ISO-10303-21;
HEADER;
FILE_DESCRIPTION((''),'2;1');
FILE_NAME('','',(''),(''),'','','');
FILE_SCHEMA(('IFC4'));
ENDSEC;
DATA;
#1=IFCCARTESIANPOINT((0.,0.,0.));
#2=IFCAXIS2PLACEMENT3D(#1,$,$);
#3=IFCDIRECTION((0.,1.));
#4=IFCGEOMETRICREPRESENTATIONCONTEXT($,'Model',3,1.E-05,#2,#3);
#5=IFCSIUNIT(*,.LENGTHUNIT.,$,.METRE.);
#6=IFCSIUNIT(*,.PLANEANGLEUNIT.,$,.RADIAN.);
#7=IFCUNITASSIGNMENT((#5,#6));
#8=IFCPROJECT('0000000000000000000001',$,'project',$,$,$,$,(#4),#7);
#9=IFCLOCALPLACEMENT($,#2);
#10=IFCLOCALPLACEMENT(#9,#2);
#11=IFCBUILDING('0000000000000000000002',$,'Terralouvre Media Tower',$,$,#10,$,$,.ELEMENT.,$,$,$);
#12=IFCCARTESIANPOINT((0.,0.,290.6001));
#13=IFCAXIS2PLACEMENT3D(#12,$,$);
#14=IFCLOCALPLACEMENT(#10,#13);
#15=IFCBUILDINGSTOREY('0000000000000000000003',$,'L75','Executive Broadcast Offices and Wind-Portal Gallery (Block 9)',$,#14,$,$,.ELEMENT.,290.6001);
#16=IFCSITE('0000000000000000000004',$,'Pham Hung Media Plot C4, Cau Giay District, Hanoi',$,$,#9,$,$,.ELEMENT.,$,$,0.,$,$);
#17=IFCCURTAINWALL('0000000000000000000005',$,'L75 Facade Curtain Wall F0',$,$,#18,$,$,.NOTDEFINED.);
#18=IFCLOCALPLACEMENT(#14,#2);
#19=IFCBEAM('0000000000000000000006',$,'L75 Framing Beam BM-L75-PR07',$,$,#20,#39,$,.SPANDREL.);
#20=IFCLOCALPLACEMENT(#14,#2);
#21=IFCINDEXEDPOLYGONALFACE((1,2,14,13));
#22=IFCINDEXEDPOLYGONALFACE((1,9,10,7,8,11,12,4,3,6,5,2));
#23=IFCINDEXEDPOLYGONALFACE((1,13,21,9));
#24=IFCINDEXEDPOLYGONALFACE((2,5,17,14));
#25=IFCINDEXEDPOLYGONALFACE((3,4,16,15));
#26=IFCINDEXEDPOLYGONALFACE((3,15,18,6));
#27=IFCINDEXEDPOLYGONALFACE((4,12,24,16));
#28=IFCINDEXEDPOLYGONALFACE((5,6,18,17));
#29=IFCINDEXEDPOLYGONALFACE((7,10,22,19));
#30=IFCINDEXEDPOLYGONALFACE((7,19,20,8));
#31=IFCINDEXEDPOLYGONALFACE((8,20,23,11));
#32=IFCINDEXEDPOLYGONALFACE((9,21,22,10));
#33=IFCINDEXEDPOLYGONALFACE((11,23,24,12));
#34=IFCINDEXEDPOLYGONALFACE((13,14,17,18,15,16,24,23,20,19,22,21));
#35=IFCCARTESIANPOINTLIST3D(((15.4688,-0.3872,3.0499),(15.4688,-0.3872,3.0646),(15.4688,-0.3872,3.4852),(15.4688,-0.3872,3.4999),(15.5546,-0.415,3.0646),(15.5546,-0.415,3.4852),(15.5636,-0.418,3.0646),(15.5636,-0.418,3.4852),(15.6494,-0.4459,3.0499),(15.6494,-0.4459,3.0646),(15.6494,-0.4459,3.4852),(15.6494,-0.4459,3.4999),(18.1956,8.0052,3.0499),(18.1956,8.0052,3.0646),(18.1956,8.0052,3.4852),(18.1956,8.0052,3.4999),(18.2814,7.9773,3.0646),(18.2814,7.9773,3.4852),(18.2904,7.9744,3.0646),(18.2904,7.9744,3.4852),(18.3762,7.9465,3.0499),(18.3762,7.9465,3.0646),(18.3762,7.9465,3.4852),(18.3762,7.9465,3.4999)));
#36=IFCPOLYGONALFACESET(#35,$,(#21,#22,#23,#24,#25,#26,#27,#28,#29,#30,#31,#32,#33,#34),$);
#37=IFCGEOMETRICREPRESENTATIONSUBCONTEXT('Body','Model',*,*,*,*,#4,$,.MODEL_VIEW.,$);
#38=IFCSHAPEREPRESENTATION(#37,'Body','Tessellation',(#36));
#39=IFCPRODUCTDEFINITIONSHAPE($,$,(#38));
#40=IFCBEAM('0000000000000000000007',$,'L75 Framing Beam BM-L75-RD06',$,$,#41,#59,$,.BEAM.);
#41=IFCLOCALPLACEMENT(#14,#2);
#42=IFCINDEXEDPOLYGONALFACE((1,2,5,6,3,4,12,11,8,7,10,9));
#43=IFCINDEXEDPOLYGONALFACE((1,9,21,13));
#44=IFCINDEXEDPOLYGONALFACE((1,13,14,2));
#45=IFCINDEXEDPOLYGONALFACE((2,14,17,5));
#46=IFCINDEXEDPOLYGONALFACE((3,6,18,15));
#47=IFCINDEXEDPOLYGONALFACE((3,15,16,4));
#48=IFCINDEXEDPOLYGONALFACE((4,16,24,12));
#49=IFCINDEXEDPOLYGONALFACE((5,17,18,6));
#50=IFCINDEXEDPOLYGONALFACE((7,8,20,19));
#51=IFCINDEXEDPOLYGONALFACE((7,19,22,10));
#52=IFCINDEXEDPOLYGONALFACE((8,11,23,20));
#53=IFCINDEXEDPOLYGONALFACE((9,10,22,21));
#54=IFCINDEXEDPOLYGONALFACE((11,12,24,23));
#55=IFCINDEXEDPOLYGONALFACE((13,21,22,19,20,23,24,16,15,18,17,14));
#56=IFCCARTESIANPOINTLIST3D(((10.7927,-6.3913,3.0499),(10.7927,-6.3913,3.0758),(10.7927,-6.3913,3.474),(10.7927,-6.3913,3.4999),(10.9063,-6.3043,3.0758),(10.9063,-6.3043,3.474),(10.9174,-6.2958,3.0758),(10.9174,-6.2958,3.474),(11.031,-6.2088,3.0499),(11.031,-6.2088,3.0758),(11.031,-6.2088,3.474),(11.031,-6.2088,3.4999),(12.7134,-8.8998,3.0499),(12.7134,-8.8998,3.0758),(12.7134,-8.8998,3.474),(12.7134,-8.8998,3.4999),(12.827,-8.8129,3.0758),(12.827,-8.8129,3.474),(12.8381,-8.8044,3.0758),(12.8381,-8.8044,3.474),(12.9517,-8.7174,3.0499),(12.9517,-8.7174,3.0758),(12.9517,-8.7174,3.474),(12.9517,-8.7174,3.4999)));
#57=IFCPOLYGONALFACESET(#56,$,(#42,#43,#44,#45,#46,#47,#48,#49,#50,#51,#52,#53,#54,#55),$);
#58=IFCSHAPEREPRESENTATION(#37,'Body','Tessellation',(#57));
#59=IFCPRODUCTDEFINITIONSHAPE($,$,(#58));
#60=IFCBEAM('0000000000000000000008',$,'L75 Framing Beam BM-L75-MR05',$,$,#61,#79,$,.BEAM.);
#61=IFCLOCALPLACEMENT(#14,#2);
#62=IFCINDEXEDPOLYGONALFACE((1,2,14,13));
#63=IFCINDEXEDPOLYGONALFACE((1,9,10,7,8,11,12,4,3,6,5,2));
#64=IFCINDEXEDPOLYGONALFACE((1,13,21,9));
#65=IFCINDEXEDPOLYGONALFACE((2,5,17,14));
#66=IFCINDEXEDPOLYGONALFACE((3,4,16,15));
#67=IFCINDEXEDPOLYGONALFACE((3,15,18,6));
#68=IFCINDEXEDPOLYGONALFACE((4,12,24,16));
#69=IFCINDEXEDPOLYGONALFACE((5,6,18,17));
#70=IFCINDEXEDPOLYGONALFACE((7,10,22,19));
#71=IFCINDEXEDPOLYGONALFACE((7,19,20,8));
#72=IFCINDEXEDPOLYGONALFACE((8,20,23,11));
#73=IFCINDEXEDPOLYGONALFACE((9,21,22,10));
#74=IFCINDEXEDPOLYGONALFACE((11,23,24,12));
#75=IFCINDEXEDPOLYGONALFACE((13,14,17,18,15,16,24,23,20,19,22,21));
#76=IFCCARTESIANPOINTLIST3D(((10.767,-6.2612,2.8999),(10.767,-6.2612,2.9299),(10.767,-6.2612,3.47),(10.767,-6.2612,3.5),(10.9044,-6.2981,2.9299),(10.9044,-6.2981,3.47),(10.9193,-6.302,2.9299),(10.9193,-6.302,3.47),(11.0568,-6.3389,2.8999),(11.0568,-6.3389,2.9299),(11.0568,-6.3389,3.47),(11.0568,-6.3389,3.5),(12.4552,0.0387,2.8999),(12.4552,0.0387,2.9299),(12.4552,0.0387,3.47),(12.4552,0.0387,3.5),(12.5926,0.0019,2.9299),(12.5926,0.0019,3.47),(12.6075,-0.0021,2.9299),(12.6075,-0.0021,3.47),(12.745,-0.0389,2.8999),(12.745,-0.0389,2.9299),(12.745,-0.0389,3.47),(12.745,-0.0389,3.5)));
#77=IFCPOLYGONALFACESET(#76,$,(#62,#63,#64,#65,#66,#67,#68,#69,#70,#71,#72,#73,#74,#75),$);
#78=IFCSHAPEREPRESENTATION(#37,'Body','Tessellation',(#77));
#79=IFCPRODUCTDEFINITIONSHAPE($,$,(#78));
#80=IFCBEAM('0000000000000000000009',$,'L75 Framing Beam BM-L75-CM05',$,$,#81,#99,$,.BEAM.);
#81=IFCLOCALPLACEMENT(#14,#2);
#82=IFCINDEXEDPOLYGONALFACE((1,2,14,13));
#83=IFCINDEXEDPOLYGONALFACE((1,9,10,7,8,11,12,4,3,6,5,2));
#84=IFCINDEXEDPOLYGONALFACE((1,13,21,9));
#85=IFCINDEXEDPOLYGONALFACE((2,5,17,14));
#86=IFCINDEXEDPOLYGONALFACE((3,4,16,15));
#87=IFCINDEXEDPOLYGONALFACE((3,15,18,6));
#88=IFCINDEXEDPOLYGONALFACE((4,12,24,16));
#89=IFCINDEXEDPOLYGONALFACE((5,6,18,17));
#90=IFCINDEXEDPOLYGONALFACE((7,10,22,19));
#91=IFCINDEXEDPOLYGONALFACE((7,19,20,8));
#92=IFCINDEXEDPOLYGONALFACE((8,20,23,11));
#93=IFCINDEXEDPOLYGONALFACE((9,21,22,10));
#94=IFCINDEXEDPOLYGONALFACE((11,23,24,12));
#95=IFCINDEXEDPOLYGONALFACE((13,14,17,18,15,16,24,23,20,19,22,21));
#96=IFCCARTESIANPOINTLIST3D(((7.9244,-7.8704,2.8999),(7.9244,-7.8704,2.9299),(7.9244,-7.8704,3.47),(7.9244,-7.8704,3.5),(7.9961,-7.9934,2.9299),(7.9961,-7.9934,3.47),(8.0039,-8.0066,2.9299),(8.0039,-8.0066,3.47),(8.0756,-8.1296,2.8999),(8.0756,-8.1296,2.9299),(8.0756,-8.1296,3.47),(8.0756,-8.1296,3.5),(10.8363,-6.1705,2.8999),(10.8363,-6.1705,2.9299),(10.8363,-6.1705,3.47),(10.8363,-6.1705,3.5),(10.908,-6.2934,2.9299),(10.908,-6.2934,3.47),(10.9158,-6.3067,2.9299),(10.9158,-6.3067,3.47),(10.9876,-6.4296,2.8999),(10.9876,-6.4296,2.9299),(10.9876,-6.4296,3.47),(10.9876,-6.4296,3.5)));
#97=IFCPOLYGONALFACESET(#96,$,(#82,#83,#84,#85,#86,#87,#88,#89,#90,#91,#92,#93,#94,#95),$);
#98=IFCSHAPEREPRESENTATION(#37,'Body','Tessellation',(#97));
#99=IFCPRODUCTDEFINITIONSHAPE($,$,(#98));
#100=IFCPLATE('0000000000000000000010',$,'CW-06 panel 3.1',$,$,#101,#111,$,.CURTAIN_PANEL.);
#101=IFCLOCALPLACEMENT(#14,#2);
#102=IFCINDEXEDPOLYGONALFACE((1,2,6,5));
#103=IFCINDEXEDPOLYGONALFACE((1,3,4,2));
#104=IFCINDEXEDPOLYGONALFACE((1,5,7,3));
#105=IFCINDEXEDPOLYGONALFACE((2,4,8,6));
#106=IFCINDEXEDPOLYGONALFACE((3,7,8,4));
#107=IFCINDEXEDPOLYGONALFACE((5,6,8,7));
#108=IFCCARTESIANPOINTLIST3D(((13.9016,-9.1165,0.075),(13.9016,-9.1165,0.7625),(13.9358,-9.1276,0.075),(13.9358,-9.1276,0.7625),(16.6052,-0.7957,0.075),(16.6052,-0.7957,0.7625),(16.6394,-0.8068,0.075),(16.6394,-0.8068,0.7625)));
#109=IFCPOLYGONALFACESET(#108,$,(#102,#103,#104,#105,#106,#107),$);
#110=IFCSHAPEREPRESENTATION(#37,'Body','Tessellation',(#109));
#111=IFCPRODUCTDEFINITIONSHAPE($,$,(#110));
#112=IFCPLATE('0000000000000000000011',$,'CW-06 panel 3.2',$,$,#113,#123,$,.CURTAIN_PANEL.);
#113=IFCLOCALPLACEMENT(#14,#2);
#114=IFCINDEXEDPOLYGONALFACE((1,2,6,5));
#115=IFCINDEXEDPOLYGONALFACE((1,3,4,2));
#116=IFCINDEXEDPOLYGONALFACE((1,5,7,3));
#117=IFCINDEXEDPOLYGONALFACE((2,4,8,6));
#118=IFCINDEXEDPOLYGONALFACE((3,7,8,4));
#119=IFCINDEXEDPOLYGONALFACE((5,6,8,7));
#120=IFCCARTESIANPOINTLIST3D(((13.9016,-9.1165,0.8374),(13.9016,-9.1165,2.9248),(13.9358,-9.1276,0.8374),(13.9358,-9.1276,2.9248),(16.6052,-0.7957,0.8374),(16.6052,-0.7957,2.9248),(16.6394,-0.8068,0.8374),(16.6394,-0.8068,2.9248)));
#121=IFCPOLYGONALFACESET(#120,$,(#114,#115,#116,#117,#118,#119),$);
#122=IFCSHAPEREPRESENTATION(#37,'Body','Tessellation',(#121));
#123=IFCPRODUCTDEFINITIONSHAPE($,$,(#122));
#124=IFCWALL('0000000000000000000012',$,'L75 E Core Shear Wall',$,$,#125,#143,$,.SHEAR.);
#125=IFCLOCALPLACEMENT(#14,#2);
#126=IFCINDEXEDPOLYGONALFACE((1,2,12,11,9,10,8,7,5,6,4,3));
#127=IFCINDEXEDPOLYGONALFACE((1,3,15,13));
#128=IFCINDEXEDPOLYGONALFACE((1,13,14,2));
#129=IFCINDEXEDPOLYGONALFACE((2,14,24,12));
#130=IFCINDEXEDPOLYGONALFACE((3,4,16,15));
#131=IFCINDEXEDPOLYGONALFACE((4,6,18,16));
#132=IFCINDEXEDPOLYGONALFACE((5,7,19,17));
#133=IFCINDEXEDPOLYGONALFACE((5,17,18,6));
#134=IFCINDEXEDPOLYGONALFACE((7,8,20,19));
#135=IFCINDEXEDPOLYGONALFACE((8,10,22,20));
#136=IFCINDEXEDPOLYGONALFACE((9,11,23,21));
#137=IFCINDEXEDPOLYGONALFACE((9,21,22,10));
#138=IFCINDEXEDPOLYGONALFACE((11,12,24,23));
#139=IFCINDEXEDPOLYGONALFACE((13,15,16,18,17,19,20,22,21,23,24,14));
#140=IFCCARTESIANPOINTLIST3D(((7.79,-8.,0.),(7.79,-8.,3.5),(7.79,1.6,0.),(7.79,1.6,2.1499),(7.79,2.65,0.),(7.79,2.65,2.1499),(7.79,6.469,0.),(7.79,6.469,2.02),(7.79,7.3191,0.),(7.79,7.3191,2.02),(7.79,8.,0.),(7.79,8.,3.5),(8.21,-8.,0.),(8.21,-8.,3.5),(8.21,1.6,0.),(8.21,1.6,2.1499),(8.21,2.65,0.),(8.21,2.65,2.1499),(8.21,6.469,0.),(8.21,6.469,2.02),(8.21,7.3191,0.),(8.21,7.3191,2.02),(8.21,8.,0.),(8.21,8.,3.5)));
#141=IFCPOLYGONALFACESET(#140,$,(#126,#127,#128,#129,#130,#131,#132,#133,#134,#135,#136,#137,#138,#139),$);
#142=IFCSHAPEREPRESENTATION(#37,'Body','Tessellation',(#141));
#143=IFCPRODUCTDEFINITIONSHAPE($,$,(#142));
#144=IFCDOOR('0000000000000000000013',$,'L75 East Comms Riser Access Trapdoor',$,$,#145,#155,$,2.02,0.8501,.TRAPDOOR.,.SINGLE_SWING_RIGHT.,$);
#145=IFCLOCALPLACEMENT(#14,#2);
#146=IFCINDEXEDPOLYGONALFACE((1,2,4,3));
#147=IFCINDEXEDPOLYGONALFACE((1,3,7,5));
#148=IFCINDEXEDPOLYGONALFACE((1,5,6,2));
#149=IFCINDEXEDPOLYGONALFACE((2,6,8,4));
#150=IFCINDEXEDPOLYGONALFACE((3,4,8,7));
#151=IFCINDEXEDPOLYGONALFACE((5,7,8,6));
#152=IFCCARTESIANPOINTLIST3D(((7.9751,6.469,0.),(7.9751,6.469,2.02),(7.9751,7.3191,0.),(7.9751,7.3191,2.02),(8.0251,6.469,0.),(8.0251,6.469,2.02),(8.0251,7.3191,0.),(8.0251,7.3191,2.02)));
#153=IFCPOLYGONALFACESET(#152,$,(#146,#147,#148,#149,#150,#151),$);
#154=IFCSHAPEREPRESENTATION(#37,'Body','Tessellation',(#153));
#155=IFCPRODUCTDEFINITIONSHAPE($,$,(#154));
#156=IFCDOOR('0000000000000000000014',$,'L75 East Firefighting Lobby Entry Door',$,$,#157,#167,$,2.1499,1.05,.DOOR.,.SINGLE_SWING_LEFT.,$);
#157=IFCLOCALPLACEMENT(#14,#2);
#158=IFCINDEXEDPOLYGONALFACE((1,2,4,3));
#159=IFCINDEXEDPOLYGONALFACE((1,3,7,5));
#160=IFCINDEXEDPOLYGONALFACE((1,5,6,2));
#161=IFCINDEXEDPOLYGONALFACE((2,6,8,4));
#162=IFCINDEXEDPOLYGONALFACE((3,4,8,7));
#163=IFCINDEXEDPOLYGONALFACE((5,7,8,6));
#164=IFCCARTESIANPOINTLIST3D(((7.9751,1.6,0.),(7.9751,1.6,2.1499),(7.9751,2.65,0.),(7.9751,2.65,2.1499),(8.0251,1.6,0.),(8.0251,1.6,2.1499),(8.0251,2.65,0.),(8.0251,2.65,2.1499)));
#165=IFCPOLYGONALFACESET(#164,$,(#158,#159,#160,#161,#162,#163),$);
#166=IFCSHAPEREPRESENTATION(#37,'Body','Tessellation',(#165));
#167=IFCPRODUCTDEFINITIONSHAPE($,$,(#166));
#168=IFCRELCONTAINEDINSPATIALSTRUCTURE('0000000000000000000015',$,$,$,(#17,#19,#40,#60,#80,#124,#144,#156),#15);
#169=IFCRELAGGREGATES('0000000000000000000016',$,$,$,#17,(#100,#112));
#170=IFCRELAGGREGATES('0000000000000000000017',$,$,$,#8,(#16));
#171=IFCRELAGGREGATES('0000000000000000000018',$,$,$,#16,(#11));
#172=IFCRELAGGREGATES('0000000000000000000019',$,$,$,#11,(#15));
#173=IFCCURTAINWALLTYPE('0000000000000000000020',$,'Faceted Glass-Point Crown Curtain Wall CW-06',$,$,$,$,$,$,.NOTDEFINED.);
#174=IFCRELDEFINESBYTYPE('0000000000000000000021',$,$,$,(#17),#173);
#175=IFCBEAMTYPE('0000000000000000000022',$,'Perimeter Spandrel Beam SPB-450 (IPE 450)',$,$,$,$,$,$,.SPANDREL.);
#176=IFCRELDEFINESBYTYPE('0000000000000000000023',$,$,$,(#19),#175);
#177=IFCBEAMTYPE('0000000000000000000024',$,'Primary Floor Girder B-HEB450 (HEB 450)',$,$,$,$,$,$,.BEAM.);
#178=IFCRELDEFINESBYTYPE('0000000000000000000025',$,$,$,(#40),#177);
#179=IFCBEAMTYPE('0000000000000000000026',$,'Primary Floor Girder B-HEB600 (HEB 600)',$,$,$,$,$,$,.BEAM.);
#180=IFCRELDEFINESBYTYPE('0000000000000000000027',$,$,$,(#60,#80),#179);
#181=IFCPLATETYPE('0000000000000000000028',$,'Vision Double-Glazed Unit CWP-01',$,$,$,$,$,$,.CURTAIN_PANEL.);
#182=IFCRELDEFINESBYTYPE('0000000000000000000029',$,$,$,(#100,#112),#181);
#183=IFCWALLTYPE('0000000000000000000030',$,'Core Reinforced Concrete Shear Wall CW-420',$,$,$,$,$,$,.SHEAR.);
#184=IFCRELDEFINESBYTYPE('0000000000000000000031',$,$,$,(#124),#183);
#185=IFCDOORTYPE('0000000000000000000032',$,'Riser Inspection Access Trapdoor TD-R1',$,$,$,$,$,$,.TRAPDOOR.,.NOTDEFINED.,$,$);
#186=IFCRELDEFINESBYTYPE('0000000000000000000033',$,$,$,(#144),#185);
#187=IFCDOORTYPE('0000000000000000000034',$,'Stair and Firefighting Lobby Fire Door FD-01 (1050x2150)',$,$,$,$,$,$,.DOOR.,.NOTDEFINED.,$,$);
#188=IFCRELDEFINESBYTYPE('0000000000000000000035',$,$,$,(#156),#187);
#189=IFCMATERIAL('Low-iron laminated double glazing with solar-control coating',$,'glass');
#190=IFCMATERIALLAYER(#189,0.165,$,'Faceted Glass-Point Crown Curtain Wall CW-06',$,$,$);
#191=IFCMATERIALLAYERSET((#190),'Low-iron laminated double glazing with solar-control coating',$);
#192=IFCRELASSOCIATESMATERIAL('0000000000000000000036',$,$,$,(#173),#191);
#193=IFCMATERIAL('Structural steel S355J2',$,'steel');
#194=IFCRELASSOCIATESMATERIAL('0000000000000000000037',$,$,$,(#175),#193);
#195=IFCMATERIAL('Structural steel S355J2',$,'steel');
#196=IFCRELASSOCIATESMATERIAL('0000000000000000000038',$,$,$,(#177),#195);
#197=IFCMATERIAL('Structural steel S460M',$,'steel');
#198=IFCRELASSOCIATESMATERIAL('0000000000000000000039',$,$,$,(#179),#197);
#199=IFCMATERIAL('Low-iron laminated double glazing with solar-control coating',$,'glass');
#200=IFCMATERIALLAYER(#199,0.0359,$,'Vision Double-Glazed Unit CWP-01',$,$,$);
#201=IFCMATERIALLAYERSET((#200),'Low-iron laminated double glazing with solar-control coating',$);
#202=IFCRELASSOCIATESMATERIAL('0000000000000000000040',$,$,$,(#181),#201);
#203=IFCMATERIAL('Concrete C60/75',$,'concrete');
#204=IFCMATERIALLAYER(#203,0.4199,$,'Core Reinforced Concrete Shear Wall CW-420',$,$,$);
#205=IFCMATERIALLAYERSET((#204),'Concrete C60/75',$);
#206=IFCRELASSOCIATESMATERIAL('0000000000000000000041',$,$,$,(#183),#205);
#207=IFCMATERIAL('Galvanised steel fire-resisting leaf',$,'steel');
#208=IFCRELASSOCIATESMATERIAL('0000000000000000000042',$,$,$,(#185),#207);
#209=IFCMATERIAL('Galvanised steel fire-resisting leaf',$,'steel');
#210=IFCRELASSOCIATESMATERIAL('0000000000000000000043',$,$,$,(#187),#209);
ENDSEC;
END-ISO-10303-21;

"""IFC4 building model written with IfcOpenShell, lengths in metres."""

from ifc_helpers import new_model, si_unit, direction, frame, frame_2d, origin, origin_2d, place, context, subcontext, project, spatial, rectangle, i_section, extrude, material, layer, layer_set, material_profile, profile_set, type_object, element, fill, aggregate, save


model = new_model("IFC4")

# Units and contexts
model_context = context("Model", 3, precision=1e-05, world=origin(), true_north=direction((0.0, 1.0)))
body_context = subcontext(model_context, "Body", "Model", "MODEL_VIEW")
ifc_project = project(units=[si_unit("LENGTHUNIT", "METRE"), si_unit("PLANEANGLEUNIT", "RADIAN")], contexts=[model_context])

# Site, building, storey
site_placement = place(None, origin())
site = spatial("IfcSite", under=ifc_project, at=site_placement, Name="Pham Hung Media Plot C4, Cau Giay District, Hanoi", CompositionType="ELEMENT", RefElevation=0.0)
building_placement = place(site_placement, origin())
building = spatial("IfcBuilding", under=site, at=building_placement, Name="Terralouvre Media Tower", CompositionType="ELEMENT")
storey_placement = place(building_placement, frame((0.0, 0.0, 290.6001)))
storey = spatial("IfcBuildingStorey", under=building, at=storey_placement, Name="L75", Description="Executive Broadcast Offices and Wind-Portal Gallery (Block 9)", CompositionType="ELEMENT", Elevation=290.6001)

# Curtain wall
ifc_material_1 = material(Name="Low-iron laminated double glazing with solar-control coating", Category="glass")
ifc_layer_1 = layer(ifc_material_1, 0.165, Name="Faceted Glass-Point Crown Curtain Wall CW-06")
ifc_layer_set_1 = layer_set([ifc_layer_1], Name="Low-iron laminated double glazing with solar-control coating")
curtain_wall_type = type_object("IfcCurtainWallType", Name="Faceted Glass-Point Crown Curtain Wall CW-06", PredefinedType="NOTDEFINED", material=ifc_layer_set_1)
curtain_wall_placement = place(storey_placement, origin())
curtain_wall = element("IfcCurtainWall", 1, at=curtain_wall_placement, inside=storey, type_object=curtain_wall_type, Name="L75 Facade Curtain Wall F0", PredefinedType="NOTDEFINED")

# Beams
ifc_material_2 = material(Name="Structural steel S355J2", Category="steel")
ifc_material_profile_1 = material_profile(ifc_material_2, i_section(OverallWidth=0.1899, OverallDepth=0.45, WebThickness=0.0095, FlangeThickness=0.0146, at=origin_2d()), Name="IPE 450")
ifc_profile_set_1 = profile_set([ifc_material_profile_1], Name="Structural steel S355J2")
beam_type_1 = type_object("IfcBeamType", Name="Perimeter Spandrel Beam SPB-450 (IPE 450)", PredefinedType="SPANDREL", material=ifc_profile_set_1)
beam_1_placement = place(storey_placement, frame((15.5591, -0.4165, 3.2749), z_axis=(0.309014, 0.951057, 0.0), x_axis=(-0.951057, 0.309014, 0.0)))
element("IfcBeam", 2, at=beam_1_placement, inside=storey, type_object=beam_type_1, Name="L75 Framing Beam BM-L75-PR07", PredefinedType="SPANDREL", context=body_context, shape_type="SweptSolid", body=[
    extrude(i_section(OverallWidth=0.1899, OverallDepth=0.45, WebThickness=0.0095, FlangeThickness=0.0146, at=origin_2d()), origin(), (0.0, 0.0, 1.0), 8.8242),
])
ifc_material_3 = material(Name="Structural steel S355J2", Category="steel")
ifc_material_profile_2 = material_profile(ifc_material_3, i_section(OverallWidth=0.3, OverallDepth=0.45, WebThickness=0.0139, FlangeThickness=0.0259, at=origin_2d()), Name="HEB 450")
ifc_profile_set_2 = profile_set([ifc_material_profile_2], Name="Structural steel S355J2")
beam_type_2 = type_object("IfcBeamType", Name="Primary Floor Girder B-HEB450 (HEB 450)", PredefinedType="BEAM", material=ifc_profile_set_2)
beam_2_placement = place(storey_placement, frame((10.9119, -6.3, 3.2749), z_axis=(0.60792, -0.793998, 0.0), x_axis=(0.793998, 0.60792, 0.0)))
element("IfcBeam", 3, at=beam_2_placement, inside=storey, type_object=beam_type_2, Name="L75 Framing Beam BM-L75-RD06", PredefinedType="BEAM", context=body_context, shape_type="SweptSolid", body=[
    extrude(i_section(OverallWidth=0.3, OverallDepth=0.45, WebThickness=0.0139, FlangeThickness=0.0259, at=origin_2d()), origin(), (0.0, 0.0, 1.0), 3.1594),
])
ifc_material_4 = material(Name="Structural steel S460M", Category="steel")
ifc_material_profile_3 = material_profile(ifc_material_4, i_section(OverallWidth=0.3, OverallDepth=0.6001, WebThickness=0.0154, FlangeThickness=0.03, at=origin_2d()), Name="HEB 600")
ifc_profile_set_3 = profile_set([ifc_material_profile_3], Name="Structural steel S460M")
beam_type_3 = type_object("IfcBeamType", Name="Primary Floor Girder B-HEB600 (HEB 600)", PredefinedType="BEAM", material=ifc_profile_set_3)
beam_3_placement = place(storey_placement, frame((10.9119, -6.3, 3.2), z_axis=(0.258839, 0.96592, 0.0), x_axis=(-0.96592, 0.258839, 0.0)))
element("IfcBeam", 4, at=beam_3_placement, inside=storey, type_object=beam_type_3, Name="L75 Framing Beam BM-L75-MR05", PredefinedType="BEAM", context=body_context, shape_type="SweptSolid", body=[
    extrude(i_section(OverallWidth=0.3, OverallDepth=0.6001, WebThickness=0.0154, FlangeThickness=0.03, at=origin_2d()), origin(), (0.0, 0.0, 1.0), 6.5222),
])
beam_4_placement = place(storey_placement, frame((8.0, -8.0, 3.2), z_axis=(0.863603, 0.504173, 0.0), x_axis=(-0.504173, 0.863603, 0.0)))
element("IfcBeam", 5, at=beam_4_placement, inside=storey, type_object=beam_type_3, Name="L75 Framing Beam BM-L75-CM05", PredefinedType="BEAM", context=body_context, shape_type="SweptSolid", body=[
    extrude(i_section(OverallWidth=0.3, OverallDepth=0.6001, WebThickness=0.0154, FlangeThickness=0.03, at=origin_2d()), origin(), (0.0, 0.0, 1.0), 3.3718),
])

# Plates
ifc_material_5 = material(Name="Low-iron laminated double glazing with solar-control coating", Category="glass")
ifc_layer_2 = layer(ifc_material_5, 0.0359, Name="Vision Double-Glazed Unit CWP-01")
ifc_layer_set_2 = layer_set([ifc_layer_2], Name="Low-iron laminated double glazing with solar-control coating")
plate_type = type_object("IfcPlateType", Name="Vision Double-Glazed Unit CWP-01", PredefinedType="CURTAIN_PANEL", material=ifc_layer_set_2)
plate_1_placement = place(storey_placement, frame((15.2705, -4.9617, 0.075), z_axis=(0.0, 0.0, 1.0), x_axis=(0.309017, 0.951057, 0.0)))
plate_1 = element("IfcPlate", 6, at=plate_1_placement, type_object=plate_type, Name="CW-06 panel 3.1", PredefinedType="CURTAIN_PANEL", context=body_context, shape_type="SweptSolid", body=[
    extrude(rectangle(XDim=8.749, YDim=0.0359, at=origin_2d()), origin(), (0.0, 0.0, 1.0), 0.6875),
])
plate_2_placement = place(storey_placement, frame((15.2705, -4.9617, 0.8374), z_axis=(0.0, 0.0, 1.0), x_axis=(0.309017, 0.951057, 0.0)))
plate_2 = element("IfcPlate", 7, at=plate_2_placement, type_object=plate_type, Name="CW-06 panel 3.2", PredefinedType="CURTAIN_PANEL", context=body_context, shape_type="SweptSolid", body=[
    extrude(rectangle(XDim=8.749, YDim=0.0359, at=origin_2d()), origin(), (0.0, 0.0, 1.0), 2.0874),
])
aggregate(curtain_wall, [plate_1, plate_2])

# Wall, openings, doors
ifc_material_6 = material(Name="Concrete C60/75", Category="concrete")
ifc_layer_3 = layer(ifc_material_6, 0.4199, Name="Core Reinforced Concrete Shear Wall CW-420")
ifc_layer_set_3 = layer_set([ifc_layer_3], Name="Concrete C60/75")
wall_type = type_object("IfcWallType", Name="Core Reinforced Concrete Shear Wall CW-420", PredefinedType="SHEAR", material=ifc_layer_set_3)
wall_placement = place(storey_placement, frame((8.0, -8.0, 0.0), z_axis=(0.0, 0.0, 1.0), x_axis=(0.0, 1.0, 0.0)))
wall = element("IfcWall", 8, at=wall_placement, inside=storey, type_object=wall_type, Name="L75 E Core Shear Wall", PredefinedType="SHEAR", context=body_context, shape_type="SweptSolid", body=[
    extrude(rectangle(XDim=16.0, YDim=0.4199, at=frame_2d((8.0, 0.0))), origin(), (0.0, 0.0, 1.0), 3.5),
])
opening_1_placement = place(wall_placement, frame((9.6001, 0.0, 0.0)))
opening_1 = element("IfcOpeningElement", 9, at=opening_1_placement, cuts=wall, PredefinedType="OPENING", context=body_context, shape_type="SweptSolid", body=[
    extrude(rectangle(XDim=1.05, YDim=2.1499, at=frame_2d((0.5249, 1.075))), frame((0.0, 0.22, 0.0), z_axis=(0.0, -1.0, 0.0), x_axis=(1.0, 0.0, 0.0)), (0.0, 0.0, 1.0), 0.4399),
])
opening_2_placement = place(wall_placement, frame((14.469, 0.0, 0.0)))
opening_2 = element("IfcOpeningElement", 10, at=opening_2_placement, cuts=wall, PredefinedType="OPENING", context=body_context, shape_type="SweptSolid", body=[
    extrude(rectangle(XDim=0.8501, YDim=2.02, at=frame_2d((0.425, 1.01))), frame((0.0, 0.22, 0.0), z_axis=(0.0, -1.0, 0.0), x_axis=(1.0, 0.0, 0.0)), (0.0, 0.0, 1.0), 0.4399),
])
ifc_material_7 = material(Name="Galvanised steel fire-resisting leaf", Category="steel")
door_type_1 = type_object("IfcDoorType", Name="Riser Inspection Access Trapdoor TD-R1", OperationType="NOTDEFINED", PredefinedType="TRAPDOOR", material=ifc_material_7)
door_1_placement = place(opening_2_placement, origin())
door_1 = element("IfcDoor", 11, at=door_1_placement, inside=storey, type_object=door_type_1, Name="L75 East Comms Riser Access Trapdoor", OperationType="SINGLE_SWING_RIGHT", OverallHeight=2.02, OverallWidth=0.8501, PredefinedType="TRAPDOOR", context=body_context, shape_type="SweptSolid", body=[
    extrude(rectangle(XDim=0.8501, YDim=2.02, at=frame_2d((0.425, 1.01))), frame((0.0, 0.0249, 0.0), z_axis=(0.0, -1.0, 0.0), x_axis=(1.0, 0.0, 0.0)), (0.0, 0.0, 1.0), 0.05),
])
fill(opening_2, door_1)
ifc_material_8 = material(Name="Galvanised steel fire-resisting leaf", Category="steel")
door_type_2 = type_object("IfcDoorType", Name="Stair and Firefighting Lobby Fire Door FD-01 (1050x2150)", OperationType="NOTDEFINED", PredefinedType="DOOR", material=ifc_material_8)
door_2_placement = place(opening_1_placement, origin())
door_2 = element("IfcDoor", 12, at=door_2_placement, inside=storey, type_object=door_type_2, Name="L75 East Firefighting Lobby Entry Door", OperationType="SINGLE_SWING_LEFT", OverallHeight=2.1499, OverallWidth=1.05, PredefinedType="DOOR", context=body_context, shape_type="SweptSolid", body=[
    extrude(rectangle(XDim=1.05, YDim=2.1499, at=frame_2d((0.5249, 1.075))), frame((0.0, 0.0249, 0.0), z_axis=(0.0, -1.0, 0.0), x_axis=(1.0, 0.0, 0.0)), (0.0, 0.0, 1.0), 0.05),
])
fill(opening_1, door_2)

save(model, "model.ifc")
